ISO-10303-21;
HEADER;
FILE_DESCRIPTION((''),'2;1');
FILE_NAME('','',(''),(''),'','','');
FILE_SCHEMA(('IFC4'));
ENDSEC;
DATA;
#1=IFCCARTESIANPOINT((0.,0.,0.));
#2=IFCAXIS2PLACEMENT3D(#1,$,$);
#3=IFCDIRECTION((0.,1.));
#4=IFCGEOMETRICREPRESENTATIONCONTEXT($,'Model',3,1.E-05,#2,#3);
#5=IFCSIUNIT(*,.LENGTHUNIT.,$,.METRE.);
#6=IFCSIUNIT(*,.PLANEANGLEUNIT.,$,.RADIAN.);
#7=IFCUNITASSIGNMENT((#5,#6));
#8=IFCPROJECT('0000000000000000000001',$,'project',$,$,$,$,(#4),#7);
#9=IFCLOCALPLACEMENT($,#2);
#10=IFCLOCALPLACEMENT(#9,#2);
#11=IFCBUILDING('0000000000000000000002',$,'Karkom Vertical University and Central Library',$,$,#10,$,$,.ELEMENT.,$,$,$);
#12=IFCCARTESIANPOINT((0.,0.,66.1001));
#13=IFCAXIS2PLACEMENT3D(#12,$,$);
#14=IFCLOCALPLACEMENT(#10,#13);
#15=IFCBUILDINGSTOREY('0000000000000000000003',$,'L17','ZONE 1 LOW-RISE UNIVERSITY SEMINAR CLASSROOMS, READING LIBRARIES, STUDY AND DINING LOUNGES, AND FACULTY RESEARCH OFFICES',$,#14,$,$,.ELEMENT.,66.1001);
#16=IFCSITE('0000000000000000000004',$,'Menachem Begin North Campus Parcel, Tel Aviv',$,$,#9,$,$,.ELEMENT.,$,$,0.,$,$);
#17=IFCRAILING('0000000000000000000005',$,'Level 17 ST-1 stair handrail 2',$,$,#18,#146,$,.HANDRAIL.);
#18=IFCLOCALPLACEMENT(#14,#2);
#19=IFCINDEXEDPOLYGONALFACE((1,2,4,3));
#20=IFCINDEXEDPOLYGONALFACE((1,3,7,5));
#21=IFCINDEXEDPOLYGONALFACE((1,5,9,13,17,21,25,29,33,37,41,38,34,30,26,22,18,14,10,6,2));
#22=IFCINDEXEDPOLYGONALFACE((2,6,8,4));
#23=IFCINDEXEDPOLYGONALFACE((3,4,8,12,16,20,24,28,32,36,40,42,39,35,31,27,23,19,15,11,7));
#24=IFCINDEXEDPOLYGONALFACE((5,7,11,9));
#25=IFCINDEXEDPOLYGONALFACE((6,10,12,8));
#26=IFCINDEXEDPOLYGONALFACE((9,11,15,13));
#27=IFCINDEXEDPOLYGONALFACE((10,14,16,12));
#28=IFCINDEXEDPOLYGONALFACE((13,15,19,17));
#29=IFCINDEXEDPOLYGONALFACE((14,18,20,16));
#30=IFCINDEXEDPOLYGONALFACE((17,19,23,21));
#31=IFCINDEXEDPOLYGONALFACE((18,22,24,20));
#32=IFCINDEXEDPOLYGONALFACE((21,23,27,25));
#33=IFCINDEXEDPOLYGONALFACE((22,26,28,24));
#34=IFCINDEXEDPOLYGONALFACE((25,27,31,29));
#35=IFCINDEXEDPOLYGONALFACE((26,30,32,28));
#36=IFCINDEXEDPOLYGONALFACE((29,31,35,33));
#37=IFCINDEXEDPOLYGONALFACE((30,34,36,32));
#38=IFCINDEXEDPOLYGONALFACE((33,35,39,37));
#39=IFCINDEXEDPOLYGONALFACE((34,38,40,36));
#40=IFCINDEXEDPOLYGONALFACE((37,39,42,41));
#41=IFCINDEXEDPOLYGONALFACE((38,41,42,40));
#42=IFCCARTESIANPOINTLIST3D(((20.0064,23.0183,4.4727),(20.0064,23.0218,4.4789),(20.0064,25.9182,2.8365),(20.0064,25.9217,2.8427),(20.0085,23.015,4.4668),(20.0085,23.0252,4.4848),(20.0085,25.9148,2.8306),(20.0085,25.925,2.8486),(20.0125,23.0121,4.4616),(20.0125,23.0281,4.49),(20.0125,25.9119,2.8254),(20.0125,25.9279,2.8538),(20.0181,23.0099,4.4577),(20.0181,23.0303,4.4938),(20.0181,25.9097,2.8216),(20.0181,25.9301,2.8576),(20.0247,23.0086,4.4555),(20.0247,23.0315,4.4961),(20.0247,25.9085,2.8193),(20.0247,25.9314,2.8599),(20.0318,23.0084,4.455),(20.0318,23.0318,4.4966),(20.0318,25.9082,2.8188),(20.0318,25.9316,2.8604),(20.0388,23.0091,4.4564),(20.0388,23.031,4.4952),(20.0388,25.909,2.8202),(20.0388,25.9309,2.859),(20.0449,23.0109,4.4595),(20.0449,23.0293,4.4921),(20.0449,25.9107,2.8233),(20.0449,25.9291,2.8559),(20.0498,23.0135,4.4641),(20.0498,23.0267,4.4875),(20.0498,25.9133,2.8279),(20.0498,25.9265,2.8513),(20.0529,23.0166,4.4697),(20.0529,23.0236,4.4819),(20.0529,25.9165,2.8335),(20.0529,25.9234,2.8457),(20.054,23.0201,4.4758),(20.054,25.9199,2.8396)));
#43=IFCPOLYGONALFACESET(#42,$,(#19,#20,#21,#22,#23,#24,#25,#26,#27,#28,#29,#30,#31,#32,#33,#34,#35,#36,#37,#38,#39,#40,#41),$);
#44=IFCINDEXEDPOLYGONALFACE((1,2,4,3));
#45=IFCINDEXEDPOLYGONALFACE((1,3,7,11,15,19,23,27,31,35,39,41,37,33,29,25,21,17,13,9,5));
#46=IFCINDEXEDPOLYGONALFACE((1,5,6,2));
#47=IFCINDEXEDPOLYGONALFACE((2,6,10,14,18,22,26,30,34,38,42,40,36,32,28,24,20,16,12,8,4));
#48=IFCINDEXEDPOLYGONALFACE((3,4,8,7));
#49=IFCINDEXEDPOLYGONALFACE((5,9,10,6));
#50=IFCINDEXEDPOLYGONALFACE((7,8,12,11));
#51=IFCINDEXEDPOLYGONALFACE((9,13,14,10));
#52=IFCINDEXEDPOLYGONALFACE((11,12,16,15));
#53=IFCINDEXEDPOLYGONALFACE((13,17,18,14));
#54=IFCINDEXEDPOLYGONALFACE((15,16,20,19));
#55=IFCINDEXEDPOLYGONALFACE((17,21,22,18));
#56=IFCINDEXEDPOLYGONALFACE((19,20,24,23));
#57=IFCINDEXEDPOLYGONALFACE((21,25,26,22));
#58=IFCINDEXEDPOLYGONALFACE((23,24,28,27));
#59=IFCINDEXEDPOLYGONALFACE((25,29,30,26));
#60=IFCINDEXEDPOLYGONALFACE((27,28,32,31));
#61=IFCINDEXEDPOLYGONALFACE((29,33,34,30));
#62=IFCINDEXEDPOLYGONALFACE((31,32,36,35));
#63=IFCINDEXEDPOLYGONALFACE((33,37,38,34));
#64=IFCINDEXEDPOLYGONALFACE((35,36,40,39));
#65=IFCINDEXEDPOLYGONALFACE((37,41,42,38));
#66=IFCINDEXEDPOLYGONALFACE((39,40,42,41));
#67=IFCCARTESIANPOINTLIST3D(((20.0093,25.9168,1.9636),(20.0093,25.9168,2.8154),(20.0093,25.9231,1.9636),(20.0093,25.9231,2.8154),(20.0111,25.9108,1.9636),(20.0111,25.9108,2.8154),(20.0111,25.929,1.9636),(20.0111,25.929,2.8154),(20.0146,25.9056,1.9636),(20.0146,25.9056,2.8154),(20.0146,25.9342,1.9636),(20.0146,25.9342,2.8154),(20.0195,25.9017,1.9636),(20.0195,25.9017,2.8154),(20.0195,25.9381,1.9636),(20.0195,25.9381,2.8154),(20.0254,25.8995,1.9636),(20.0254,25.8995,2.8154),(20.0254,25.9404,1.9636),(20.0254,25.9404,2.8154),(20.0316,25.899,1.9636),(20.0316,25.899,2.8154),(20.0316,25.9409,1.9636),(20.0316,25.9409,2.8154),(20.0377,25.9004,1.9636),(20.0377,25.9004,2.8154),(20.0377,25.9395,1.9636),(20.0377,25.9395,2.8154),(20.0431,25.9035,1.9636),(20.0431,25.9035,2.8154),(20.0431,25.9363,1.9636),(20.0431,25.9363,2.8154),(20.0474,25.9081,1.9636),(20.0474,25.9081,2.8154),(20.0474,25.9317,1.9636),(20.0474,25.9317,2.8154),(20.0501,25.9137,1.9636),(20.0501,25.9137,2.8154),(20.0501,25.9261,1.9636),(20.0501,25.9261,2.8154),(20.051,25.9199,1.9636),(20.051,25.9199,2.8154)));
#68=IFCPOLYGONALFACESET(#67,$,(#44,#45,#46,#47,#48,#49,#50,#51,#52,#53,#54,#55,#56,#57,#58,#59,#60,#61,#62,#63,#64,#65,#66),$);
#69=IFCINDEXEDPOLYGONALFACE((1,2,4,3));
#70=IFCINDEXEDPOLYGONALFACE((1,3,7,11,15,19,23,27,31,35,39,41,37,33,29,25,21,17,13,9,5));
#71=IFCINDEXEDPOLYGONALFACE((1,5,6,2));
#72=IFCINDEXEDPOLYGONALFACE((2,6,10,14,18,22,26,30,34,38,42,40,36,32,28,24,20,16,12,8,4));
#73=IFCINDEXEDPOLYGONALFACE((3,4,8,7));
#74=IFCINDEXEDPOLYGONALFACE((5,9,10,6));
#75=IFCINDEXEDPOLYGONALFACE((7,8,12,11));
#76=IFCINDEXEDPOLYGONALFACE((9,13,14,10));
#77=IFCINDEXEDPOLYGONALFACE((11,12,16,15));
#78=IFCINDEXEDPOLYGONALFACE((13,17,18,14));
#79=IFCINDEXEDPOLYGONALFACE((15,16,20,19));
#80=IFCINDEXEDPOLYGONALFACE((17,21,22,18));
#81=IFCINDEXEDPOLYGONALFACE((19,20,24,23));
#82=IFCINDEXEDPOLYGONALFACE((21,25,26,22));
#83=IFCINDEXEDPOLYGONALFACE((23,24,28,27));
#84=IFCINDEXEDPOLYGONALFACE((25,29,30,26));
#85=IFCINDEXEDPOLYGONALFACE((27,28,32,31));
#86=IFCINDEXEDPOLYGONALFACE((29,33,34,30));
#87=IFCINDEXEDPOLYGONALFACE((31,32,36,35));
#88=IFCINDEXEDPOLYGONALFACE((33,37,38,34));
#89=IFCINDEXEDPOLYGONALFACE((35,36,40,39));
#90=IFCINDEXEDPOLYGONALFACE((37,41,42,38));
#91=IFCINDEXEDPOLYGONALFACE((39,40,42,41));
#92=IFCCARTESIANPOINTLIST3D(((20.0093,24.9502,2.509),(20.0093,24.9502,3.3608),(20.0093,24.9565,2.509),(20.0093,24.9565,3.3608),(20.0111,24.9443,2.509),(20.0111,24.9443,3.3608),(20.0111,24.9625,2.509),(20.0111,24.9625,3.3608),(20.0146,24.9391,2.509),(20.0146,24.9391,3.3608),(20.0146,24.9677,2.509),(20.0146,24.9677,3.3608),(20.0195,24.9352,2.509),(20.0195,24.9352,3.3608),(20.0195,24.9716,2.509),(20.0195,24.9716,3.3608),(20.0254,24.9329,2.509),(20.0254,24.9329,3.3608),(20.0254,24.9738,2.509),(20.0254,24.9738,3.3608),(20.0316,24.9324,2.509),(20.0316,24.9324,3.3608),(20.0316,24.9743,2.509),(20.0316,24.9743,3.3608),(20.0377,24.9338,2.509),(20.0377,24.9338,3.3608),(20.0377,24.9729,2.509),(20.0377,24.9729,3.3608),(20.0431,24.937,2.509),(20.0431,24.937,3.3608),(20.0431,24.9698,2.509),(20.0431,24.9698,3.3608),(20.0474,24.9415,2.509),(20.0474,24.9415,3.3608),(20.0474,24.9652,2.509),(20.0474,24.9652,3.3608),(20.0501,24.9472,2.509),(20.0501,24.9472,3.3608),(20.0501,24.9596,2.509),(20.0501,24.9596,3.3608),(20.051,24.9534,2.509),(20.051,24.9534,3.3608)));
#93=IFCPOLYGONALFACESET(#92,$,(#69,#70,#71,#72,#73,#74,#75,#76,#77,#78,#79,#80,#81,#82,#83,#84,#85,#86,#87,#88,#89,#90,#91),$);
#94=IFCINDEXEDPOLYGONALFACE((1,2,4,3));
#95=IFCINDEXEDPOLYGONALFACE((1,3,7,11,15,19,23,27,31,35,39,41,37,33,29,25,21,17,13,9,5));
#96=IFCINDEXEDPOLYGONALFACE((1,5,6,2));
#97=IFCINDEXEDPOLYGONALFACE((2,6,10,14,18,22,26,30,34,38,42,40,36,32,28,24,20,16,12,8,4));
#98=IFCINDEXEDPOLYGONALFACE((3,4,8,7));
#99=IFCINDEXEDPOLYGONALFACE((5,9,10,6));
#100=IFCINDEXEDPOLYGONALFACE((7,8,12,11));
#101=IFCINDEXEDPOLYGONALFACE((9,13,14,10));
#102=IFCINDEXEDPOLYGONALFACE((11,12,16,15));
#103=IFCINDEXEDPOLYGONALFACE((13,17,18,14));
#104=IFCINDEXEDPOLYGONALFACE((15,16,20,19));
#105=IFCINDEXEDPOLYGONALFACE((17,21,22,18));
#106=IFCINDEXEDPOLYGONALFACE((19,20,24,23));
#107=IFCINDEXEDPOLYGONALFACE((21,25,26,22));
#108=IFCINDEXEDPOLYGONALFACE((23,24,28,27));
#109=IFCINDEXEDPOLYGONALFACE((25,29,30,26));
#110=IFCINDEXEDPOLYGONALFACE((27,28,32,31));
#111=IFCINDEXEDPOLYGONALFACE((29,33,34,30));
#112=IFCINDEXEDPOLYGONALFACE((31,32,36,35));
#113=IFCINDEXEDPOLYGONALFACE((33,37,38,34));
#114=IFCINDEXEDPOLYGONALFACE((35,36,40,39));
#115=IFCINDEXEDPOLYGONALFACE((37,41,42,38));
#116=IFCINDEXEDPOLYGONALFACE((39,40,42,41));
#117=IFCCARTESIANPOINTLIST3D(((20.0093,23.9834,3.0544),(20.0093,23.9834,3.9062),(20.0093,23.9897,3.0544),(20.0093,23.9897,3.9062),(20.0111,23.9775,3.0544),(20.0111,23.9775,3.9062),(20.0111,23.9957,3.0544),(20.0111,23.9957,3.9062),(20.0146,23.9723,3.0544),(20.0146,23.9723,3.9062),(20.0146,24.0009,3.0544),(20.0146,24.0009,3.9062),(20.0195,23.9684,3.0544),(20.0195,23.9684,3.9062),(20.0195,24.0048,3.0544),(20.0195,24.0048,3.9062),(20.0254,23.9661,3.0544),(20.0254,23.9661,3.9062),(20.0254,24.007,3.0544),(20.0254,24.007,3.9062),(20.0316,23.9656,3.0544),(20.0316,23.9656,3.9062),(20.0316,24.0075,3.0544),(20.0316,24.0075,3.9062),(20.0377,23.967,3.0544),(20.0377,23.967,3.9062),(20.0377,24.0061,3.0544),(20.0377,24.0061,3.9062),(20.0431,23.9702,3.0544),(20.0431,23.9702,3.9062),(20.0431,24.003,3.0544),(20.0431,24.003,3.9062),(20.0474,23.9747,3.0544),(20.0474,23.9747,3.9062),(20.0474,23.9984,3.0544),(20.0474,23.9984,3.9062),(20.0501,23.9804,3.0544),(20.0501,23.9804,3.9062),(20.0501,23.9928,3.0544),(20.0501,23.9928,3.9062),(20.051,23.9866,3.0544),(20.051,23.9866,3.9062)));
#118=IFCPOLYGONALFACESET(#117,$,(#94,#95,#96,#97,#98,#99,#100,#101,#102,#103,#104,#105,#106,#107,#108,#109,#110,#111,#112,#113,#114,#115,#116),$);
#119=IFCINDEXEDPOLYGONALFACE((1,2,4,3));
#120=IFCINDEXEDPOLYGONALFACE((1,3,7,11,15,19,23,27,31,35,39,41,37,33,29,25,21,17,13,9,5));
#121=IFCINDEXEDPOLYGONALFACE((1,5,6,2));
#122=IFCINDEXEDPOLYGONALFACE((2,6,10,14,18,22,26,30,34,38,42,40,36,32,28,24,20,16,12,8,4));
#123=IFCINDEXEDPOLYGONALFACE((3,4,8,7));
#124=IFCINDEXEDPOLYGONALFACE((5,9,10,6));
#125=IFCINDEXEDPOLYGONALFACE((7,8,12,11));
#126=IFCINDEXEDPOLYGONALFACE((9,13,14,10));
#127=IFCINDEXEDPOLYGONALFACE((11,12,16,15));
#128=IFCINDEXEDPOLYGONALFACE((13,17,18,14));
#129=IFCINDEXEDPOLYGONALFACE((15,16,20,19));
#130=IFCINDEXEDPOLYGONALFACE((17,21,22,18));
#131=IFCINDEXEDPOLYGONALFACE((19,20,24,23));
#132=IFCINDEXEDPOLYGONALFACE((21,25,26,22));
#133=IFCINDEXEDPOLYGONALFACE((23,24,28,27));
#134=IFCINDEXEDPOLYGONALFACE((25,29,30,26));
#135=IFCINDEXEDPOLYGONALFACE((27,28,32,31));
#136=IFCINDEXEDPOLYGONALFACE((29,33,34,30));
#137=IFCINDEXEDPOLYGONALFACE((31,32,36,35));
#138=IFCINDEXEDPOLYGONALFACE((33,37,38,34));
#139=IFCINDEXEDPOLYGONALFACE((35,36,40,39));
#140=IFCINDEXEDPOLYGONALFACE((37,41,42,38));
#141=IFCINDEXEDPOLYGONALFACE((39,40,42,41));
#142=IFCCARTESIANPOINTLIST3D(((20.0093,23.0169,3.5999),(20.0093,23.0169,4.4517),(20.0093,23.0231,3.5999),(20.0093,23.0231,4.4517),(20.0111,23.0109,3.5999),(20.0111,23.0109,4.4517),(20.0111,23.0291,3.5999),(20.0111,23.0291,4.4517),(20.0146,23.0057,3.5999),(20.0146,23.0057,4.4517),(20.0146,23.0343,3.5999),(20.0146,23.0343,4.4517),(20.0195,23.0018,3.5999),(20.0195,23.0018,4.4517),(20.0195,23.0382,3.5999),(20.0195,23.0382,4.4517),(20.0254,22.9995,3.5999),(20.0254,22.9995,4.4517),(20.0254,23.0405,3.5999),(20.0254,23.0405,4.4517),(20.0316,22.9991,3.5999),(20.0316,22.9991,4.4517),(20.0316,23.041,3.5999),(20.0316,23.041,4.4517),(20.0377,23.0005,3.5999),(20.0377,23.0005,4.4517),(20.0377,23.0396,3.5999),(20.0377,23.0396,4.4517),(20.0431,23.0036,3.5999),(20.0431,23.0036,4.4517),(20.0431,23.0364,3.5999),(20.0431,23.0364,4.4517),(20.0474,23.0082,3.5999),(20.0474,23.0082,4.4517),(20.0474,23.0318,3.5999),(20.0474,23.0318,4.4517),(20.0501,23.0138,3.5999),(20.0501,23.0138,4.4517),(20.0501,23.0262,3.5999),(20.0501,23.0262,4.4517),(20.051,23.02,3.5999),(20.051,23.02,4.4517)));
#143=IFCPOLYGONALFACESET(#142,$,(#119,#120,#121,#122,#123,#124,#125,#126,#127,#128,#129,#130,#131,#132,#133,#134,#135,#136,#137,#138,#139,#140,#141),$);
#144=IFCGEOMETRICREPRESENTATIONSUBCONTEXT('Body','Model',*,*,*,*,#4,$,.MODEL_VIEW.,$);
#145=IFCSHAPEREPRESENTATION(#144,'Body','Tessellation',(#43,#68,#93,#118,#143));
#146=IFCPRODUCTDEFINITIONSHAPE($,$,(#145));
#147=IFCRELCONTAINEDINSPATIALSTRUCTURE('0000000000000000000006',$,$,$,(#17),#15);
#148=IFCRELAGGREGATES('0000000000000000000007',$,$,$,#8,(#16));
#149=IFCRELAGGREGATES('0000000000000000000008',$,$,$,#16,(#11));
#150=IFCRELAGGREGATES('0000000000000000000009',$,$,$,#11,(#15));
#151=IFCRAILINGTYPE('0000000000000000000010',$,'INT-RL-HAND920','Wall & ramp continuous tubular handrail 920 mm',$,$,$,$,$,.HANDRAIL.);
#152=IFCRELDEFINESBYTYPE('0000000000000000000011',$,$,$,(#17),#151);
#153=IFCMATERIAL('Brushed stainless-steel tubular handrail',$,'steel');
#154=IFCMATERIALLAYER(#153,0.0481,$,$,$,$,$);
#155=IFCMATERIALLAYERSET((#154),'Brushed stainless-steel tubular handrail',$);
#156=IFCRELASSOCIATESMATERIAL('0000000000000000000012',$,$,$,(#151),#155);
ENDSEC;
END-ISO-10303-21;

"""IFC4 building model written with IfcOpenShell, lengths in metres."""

from ifc_helpers import new_model, si_unit, direction, frame, origin, origin_2d, place, context, subcontext, project, spatial, circle, extrude, material, layer, layer_set, type_object, element, save


model = new_model("IFC4")

# Units and contexts
model_context = context("Model", 3, precision=1e-05, world=origin(), true_north=direction((0.0, 1.0)))
body_context = subcontext(model_context, "Body", "Model", "MODEL_VIEW")
ifc_project = project(units=[si_unit("LENGTHUNIT", "METRE"), si_unit("PLANEANGLEUNIT", "RADIAN")], contexts=[model_context])

# Site, building, storey
site_placement = place(None, origin())
site = spatial("IfcSite", under=ifc_project, at=site_placement, Name="Menachem Begin North Campus Parcel, Tel Aviv", CompositionType="ELEMENT", RefElevation=0.0)
building_placement = place(site_placement, origin())
building = spatial("IfcBuilding", under=site, at=building_placement, Name="Karkom Vertical University and Central Library", CompositionType="ELEMENT")
storey_placement = place(building_placement, frame((0.0, 0.0, 66.1001)))
storey = spatial("IfcBuildingStorey", under=building, at=storey_placement, Name="L17", Description="ZONE 1 LOW-RISE UNIVERSITY SEMINAR CLASSROOMS, READING LIBRARIES, STUDY AND DINING LOUNGES, AND FACULTY RESEARCH OFFICES", CompositionType="ELEMENT", Elevation=66.1001)

# Railing
ifc_material_1 = material(Name="Brushed stainless-steel tubular handrail", Category="steel")
ifc_layer_1 = layer(ifc_material_1, 0.0481)
ifc_layer_set_1 = layer_set([ifc_layer_1], Name="Brushed stainless-steel tubular handrail")
railing_type_1 = type_object("IfcRailingType", Name="INT-RL-HAND920", Description="Wall & ramp continuous tubular handrail 920 mm", PredefinedType="HANDRAIL", material=ifc_layer_set_1)
railing_1_placement = place(storey_placement, frame((20.03, 25.9199, 1.9636)))
element("IfcRailing", 1, at=railing_1_placement, inside=storey, type_object=railing_type_1, Name="Level 17 ST-1 stair handrail 2", PredefinedType="HANDRAIL", context=body_context, shape_type="SweptSolid", body=[
    extrude(circle(Radius=0.0239, at=origin_2d()), frame((0.0, 0.0, 0.876), z_axis=(0.0, -0.870929, 0.49141), x_axis=(1.0, 0.0, 0.0)), (0.0, 0.0, 1.0), 3.3296),
    extrude(circle(Radius=0.021, at=origin_2d()), origin(), (0.0, 0.0, 1.0), 0.8518),
    extrude(circle(Radius=0.021, at=origin_2d()), frame((0.0, -0.9666, 0.5454)), (0.0, 0.0, 1.0), 0.8518),
    extrude(circle(Radius=0.021, at=origin_2d()), frame((0.0, -1.9333, 1.0908)), (0.0, 0.0, 1.0), 0.8518),
    extrude(circle(Radius=0.021, at=origin_2d()), frame((0.0, -2.8999, 1.6362)), (0.0, 0.0, 1.0), 0.8518),
])

save(model, "model.ifc")
